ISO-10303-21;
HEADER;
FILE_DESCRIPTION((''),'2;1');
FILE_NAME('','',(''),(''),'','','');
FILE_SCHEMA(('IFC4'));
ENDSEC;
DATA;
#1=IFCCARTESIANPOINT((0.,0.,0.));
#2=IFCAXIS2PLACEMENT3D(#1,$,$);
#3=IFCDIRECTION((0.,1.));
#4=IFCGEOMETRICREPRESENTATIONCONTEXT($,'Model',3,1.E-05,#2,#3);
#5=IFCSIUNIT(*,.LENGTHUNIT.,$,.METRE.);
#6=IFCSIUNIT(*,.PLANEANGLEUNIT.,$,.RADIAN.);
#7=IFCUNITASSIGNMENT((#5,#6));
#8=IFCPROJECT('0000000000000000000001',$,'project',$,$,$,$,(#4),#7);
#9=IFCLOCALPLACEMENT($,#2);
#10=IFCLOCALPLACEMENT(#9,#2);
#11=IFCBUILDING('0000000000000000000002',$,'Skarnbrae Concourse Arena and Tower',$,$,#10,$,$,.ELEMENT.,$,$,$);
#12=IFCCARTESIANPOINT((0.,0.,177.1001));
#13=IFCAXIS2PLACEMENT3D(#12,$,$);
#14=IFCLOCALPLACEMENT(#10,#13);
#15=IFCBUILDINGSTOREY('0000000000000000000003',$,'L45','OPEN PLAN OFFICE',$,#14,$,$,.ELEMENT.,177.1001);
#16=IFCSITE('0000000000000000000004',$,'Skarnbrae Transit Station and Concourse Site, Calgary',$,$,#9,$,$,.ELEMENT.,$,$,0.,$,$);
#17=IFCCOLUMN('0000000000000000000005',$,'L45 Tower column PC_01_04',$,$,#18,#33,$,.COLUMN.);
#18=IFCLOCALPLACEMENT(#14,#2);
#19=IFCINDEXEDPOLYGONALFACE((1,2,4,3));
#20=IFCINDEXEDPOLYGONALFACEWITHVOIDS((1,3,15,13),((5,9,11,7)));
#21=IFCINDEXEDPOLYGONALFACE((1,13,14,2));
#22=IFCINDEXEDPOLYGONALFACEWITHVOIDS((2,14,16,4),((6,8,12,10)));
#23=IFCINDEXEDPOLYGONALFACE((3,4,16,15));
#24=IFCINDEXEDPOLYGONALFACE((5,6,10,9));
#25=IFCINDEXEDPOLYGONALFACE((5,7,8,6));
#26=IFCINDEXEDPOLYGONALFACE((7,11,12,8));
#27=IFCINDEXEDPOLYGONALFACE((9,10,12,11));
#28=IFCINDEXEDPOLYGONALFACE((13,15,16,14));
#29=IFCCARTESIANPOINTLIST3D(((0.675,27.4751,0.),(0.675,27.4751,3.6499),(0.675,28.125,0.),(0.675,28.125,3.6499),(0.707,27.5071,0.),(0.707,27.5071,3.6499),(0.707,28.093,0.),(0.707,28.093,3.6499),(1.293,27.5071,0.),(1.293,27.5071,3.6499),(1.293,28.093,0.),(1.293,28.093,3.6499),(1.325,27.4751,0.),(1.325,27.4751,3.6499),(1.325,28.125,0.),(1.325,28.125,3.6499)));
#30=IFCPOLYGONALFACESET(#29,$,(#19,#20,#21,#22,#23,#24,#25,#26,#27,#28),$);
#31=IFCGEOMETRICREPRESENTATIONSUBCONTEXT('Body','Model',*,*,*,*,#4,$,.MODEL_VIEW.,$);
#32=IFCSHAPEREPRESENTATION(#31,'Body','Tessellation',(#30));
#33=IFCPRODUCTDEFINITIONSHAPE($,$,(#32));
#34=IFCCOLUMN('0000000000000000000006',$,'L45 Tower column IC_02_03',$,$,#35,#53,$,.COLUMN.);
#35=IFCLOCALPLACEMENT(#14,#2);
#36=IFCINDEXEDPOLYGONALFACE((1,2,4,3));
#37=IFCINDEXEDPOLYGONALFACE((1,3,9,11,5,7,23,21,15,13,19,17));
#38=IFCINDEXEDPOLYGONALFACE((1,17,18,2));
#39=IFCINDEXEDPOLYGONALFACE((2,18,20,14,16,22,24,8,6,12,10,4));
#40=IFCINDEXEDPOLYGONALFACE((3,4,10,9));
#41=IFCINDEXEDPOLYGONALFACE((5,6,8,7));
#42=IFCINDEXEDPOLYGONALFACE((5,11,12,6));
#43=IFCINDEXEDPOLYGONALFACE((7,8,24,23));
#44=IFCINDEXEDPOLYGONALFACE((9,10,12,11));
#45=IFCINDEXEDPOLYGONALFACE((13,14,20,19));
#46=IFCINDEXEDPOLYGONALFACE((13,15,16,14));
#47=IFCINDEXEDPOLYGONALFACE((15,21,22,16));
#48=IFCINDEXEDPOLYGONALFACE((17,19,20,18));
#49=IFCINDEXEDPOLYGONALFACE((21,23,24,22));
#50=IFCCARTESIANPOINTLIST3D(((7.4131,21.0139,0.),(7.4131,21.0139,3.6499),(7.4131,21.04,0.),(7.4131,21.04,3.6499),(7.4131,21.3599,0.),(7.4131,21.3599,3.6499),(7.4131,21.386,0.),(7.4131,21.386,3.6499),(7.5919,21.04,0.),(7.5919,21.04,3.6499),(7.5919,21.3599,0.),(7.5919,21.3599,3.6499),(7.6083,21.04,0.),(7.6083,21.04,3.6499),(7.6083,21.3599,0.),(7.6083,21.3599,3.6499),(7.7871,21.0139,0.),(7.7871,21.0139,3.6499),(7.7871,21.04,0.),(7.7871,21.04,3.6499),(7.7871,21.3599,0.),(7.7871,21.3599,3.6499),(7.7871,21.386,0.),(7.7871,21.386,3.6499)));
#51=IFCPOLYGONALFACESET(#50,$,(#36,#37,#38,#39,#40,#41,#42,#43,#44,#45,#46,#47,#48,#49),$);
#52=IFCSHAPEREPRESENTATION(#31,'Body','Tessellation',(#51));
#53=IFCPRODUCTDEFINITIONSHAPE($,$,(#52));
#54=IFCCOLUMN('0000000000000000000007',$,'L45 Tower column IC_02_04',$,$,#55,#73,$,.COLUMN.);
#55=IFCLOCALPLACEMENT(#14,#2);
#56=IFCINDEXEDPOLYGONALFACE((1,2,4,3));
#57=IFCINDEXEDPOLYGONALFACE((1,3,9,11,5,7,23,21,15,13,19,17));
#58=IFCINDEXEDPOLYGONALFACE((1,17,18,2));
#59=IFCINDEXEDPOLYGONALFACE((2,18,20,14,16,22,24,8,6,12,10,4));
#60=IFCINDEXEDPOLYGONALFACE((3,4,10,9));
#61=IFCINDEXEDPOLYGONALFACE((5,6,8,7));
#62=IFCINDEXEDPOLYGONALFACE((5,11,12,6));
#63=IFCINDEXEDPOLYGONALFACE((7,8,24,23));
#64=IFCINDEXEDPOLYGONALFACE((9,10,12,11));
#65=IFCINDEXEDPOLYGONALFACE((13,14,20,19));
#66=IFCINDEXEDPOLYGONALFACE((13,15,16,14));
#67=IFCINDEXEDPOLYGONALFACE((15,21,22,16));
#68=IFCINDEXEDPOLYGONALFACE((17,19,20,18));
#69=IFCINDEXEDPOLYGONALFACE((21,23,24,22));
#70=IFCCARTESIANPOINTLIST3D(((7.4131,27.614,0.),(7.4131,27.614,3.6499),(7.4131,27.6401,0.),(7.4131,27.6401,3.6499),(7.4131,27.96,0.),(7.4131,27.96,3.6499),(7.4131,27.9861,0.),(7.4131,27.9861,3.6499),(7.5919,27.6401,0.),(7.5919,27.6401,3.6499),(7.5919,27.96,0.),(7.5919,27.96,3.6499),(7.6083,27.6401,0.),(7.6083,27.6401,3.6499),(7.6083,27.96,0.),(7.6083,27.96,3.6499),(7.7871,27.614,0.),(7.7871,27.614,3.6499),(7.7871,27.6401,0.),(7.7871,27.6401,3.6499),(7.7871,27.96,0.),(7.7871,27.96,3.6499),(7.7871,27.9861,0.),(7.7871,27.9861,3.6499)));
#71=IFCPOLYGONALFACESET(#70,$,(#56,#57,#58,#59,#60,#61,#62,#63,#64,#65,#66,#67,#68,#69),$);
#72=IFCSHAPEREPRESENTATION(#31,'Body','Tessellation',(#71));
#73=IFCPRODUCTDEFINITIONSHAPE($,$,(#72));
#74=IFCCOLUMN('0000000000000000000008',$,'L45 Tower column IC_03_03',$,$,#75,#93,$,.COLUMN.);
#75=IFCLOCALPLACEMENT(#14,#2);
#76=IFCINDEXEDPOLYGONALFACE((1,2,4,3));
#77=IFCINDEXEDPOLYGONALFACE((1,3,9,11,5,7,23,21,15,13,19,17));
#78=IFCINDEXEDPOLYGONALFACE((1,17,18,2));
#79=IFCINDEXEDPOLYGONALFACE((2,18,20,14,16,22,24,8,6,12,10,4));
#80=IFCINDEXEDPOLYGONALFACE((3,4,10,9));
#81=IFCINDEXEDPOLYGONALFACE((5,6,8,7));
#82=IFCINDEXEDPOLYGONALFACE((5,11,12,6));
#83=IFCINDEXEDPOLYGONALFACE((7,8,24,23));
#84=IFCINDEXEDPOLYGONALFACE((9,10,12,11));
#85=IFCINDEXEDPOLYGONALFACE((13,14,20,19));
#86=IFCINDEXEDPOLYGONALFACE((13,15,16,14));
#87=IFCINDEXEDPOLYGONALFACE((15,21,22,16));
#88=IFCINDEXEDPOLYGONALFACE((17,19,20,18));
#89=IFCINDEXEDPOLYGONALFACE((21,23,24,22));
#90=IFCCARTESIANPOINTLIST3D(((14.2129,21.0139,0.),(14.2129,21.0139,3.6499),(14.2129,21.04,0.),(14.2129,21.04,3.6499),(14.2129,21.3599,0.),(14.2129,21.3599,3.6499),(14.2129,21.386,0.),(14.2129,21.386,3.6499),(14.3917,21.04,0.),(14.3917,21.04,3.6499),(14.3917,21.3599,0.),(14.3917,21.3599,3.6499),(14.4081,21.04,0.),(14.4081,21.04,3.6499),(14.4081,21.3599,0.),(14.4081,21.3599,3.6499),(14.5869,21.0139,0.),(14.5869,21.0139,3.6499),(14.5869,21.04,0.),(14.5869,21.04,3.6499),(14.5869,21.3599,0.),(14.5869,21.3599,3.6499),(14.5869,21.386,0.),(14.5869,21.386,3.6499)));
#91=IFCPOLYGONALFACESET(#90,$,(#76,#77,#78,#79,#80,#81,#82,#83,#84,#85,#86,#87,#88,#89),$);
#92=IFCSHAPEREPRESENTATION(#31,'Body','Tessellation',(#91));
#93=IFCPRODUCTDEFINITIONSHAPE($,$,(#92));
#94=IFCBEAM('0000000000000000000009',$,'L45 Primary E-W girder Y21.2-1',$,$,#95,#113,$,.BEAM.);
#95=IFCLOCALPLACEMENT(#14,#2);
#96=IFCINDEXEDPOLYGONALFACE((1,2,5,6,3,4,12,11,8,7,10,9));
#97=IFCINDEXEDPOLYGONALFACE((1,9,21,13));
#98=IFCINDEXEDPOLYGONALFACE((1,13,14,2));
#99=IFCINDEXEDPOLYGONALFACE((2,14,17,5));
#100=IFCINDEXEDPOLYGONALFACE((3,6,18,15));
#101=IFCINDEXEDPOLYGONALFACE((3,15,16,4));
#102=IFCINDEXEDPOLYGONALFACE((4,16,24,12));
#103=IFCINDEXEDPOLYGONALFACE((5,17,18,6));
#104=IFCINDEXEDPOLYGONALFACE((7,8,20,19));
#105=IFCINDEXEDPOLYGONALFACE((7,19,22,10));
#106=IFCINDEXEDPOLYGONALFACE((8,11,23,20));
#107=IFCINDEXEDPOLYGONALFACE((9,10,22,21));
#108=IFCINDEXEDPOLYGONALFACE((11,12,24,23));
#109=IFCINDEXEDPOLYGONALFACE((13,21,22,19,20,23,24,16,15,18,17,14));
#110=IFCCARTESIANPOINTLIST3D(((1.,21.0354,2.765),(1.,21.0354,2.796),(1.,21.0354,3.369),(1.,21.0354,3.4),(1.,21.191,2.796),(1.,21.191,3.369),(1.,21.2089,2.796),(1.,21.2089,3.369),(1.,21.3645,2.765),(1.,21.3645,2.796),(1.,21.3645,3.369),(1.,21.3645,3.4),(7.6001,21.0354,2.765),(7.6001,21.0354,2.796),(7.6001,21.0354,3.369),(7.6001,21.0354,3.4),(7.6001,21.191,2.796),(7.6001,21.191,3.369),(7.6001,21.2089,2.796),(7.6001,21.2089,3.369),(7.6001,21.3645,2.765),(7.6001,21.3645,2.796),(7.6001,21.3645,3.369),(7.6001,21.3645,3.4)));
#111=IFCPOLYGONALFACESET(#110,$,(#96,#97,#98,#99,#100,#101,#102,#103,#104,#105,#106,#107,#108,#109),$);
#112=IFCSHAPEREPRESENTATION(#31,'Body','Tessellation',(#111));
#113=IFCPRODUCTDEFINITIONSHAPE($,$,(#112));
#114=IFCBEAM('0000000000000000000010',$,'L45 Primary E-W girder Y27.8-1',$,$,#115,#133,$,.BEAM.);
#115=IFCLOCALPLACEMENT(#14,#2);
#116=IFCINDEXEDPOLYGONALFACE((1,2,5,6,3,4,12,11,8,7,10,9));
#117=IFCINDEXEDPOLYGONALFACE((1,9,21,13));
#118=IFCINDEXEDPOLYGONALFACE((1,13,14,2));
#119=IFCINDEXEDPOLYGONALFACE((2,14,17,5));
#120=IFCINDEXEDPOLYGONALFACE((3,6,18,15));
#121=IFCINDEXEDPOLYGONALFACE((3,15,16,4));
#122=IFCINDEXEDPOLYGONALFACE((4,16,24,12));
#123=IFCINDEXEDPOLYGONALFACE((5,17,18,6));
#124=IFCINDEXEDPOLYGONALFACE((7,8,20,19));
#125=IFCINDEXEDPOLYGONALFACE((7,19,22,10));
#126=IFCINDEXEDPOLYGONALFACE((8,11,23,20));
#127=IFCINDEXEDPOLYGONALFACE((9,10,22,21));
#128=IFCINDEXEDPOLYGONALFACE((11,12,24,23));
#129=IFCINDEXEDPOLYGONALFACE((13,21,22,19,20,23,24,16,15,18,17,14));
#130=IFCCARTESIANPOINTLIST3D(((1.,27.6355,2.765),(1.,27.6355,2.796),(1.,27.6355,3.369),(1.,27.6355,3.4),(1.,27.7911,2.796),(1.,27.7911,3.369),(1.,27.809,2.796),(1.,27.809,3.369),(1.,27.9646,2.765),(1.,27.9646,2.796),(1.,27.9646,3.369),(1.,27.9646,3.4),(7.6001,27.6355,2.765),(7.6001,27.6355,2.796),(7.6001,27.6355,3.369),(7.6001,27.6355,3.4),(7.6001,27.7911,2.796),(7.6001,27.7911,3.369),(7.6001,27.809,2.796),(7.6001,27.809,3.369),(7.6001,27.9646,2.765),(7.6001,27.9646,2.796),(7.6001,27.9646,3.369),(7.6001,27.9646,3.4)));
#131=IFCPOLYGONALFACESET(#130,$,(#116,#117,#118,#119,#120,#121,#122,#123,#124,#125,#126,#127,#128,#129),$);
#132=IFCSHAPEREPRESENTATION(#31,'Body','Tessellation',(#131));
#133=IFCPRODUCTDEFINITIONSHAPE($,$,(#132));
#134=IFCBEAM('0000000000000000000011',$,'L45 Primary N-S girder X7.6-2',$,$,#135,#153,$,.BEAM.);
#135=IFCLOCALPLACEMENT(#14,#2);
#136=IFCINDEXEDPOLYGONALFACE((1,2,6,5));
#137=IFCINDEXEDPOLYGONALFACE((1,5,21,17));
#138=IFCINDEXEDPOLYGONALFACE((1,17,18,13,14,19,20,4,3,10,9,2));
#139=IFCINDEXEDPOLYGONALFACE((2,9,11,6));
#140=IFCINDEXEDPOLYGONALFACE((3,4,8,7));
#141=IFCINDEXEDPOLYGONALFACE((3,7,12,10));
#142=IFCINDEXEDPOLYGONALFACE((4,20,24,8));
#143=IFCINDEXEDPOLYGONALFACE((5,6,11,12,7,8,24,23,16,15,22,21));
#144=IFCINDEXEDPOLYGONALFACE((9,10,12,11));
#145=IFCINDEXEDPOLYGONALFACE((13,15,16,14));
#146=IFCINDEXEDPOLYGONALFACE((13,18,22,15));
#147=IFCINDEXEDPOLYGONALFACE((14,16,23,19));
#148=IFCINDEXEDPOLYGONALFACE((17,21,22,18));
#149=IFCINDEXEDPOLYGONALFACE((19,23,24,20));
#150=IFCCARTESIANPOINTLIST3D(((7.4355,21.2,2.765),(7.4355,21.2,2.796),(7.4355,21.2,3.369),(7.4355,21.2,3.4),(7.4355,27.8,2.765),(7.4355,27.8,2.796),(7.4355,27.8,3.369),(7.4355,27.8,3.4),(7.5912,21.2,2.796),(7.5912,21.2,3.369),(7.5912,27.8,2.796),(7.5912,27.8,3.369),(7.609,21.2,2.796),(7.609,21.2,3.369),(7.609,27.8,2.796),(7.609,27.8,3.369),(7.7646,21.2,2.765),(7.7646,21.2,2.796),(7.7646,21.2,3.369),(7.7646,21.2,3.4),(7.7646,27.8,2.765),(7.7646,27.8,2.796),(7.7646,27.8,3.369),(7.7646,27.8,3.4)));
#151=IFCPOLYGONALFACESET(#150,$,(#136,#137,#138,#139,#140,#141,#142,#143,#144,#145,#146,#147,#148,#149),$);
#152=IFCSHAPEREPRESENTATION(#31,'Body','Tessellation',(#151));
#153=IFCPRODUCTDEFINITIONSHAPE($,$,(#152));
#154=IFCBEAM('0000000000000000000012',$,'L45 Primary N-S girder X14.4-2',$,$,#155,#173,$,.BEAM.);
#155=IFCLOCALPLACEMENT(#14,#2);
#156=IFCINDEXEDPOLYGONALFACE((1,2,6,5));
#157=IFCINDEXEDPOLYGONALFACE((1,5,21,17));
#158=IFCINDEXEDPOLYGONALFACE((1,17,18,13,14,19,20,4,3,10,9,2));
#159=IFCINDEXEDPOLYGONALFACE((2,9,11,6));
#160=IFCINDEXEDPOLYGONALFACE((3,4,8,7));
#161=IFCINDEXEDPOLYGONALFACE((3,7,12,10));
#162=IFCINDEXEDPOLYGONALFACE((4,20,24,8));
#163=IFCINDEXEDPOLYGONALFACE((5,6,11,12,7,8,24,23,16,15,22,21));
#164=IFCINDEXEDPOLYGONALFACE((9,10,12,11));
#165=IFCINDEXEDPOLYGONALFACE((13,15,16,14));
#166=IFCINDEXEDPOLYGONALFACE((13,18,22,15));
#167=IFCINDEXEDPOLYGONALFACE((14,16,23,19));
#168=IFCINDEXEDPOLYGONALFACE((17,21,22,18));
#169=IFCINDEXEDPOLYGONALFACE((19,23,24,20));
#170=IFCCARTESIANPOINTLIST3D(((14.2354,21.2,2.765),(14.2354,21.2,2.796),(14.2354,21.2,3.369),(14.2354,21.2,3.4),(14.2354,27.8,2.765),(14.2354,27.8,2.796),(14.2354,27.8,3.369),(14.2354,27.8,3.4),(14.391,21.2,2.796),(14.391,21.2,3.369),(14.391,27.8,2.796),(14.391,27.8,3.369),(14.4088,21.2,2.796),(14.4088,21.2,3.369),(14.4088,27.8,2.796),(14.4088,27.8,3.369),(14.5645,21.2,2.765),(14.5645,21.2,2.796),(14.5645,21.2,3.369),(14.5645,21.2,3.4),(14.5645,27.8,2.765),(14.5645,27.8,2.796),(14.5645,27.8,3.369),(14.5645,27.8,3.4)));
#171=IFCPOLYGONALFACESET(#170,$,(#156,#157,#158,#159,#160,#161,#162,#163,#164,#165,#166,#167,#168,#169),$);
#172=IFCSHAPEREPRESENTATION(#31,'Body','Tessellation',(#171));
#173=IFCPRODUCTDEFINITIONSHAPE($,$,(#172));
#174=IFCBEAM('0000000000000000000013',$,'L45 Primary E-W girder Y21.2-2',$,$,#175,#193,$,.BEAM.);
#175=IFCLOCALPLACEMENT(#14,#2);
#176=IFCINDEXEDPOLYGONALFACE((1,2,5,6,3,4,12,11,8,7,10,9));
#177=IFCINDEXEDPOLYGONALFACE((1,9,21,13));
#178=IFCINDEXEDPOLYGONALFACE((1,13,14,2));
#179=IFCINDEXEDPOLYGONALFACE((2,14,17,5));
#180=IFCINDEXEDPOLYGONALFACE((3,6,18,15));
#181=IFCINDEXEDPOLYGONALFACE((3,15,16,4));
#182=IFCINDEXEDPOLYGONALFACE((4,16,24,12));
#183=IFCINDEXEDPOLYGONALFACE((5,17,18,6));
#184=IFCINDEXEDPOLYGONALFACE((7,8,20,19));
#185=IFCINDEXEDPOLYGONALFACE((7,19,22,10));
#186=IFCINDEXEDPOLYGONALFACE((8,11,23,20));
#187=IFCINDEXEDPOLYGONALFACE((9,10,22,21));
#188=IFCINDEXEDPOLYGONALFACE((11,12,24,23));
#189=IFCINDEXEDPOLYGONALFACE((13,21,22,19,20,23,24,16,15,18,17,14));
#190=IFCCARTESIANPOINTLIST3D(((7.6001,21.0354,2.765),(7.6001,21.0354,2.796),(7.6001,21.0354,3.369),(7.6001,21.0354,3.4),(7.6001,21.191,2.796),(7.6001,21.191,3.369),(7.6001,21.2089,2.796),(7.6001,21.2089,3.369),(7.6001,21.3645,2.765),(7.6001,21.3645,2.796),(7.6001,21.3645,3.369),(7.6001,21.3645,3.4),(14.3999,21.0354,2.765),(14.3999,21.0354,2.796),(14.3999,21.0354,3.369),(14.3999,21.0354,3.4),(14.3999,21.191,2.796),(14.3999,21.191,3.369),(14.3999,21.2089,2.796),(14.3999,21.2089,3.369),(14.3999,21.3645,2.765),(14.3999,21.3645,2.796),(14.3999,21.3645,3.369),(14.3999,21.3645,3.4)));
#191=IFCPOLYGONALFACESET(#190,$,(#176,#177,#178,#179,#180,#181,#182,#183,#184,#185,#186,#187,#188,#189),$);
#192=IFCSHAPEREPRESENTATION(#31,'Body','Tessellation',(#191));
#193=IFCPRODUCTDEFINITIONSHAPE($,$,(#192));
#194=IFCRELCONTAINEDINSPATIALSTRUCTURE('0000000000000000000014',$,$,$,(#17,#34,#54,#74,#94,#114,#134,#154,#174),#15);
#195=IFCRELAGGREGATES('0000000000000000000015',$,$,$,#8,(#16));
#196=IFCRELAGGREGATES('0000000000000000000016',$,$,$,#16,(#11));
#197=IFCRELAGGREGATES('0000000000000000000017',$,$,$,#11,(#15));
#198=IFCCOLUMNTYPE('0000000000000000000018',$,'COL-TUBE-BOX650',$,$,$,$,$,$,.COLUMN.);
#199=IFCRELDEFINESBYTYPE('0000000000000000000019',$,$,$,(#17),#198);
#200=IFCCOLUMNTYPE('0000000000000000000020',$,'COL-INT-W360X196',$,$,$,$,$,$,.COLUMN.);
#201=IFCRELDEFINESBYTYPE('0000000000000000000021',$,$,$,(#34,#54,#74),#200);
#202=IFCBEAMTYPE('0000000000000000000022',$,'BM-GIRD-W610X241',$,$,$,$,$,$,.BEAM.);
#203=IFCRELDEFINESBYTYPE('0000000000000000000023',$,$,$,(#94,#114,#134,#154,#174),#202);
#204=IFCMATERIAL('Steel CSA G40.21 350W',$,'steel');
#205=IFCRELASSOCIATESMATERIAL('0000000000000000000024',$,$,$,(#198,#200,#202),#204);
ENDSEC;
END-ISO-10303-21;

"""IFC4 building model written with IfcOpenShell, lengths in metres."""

from ifc_helpers import new_model, si_unit, direction, frame, origin, origin_2d, place, context, subcontext, project, spatial, hollow_rectangle, i_section, extrude, source, transform, mapped, material, material_profile, profile_set, type_object, element, save


model = new_model("IFC4")

# Units and contexts
model_context = context("Model", 3, precision=1e-05, world=origin(), true_north=direction((0.0, 1.0)))
body_context = subcontext(model_context, "Body", "Model", "MODEL_VIEW")
ifc_project = project(units=[si_unit("LENGTHUNIT", "METRE"), si_unit("PLANEANGLEUNIT", "RADIAN")], contexts=[model_context])

# Site, building, storey
site_placement = place(None, origin())
site = spatial("IfcSite", under=ifc_project, at=site_placement, Name="Skarnbrae Transit Station and Concourse Site, Calgary", CompositionType="ELEMENT", RefElevation=0.0)
building_placement = place(site_placement, origin())
building = spatial("IfcBuilding", under=site, at=building_placement, Name="Skarnbrae Concourse Arena and Tower", CompositionType="ELEMENT")
storey_placement = place(building_placement, frame((0.0, 0.0, 177.1001)))
storey = spatial("IfcBuildingStorey", under=building, at=storey_placement, Name="L45", Description="OPEN PLAN OFFICE", CompositionType="ELEMENT", Elevation=177.1001)

# Columns
ifc_material_1 = material(Name="Steel CSA G40.21 350W", Category="steel")
ifc_material_profile_1 = material_profile(ifc_material_1, hollow_rectangle(XDim=0.6499, YDim=0.6499, WallThickness=0.032, at=origin_2d()), Name="BOX650X650X32")
ifc_profile_set_1 = profile_set([ifc_material_profile_1], Name="Steel CSA G40.21 350W")
column_type_1 = type_object("IfcColumnType", Name="COL-TUBE-BOX650", PredefinedType="COLUMN", material=ifc_profile_set_1)
shared_shape_1 = source(origin(), body_context, "Body", "SweptSolid", [
    extrude(hollow_rectangle(XDim=0.6499, YDim=0.6499, WallThickness=0.032, at=origin_2d()), origin(), (0.0, 0.0, 1.0), 3.6499),
])
column_placement = place(storey_placement, frame((1.0, 27.8, 0.0), z_axis=(0.0, 0.0, 1.0), x_axis=(1.0, 0.0, 0.0)))
element("IfcColumn", 1, at=column_placement, inside=storey, type_object=column_type_1, Name="L45 Tower column PC_01_04", PredefinedType="COLUMN", context=body_context, shape_type="MappedRepresentation", body=[
    mapped(shared_shape_1, transform((0.0, 0.0, 0.0))),
])
ifc_material_profile_2 = material_profile(ifc_material_1, i_section(OverallWidth=0.374, OverallDepth=0.3721, WebThickness=0.0164, FlangeThickness=0.0261, at=origin_2d()), Name="W360X196")
ifc_profile_set_2 = profile_set([ifc_material_profile_2], Name="Steel CSA G40.21 350W")
column_type_2 = type_object("IfcColumnType", Name="COL-INT-W360X196", PredefinedType="COLUMN", material=ifc_profile_set_2)
shared_shape_2 = source(origin(), body_context, "Body", "SweptSolid", [
    extrude(i_section(OverallWidth=0.374, OverallDepth=0.3721, WebThickness=0.0164, FlangeThickness=0.0261, at=origin_2d()), origin(), (0.0, 0.0, 1.0), 3.6499),
])
for number, where, z_axis, x_axis, name in (
    (2, (7.6001, 21.2, 0.0), (0.0, 0.0, 1.0), (1.0, 0.0, 0.0), "L45 Tower column IC_02_03"),
    (3, (7.6001, 27.8, 0.0), (0.0, 0.0, 1.0), (1.0, 0.0, 0.0), "L45 Tower column IC_02_04"),
    (4, (14.3999, 21.2, 0.0), (0.0, 0.0, 1.0), (1.0, 0.0, 0.0), "L45 Tower column IC_03_03"),
):
    element("IfcColumn", number, at=place(storey_placement, frame(where, z_axis=z_axis, x_axis=x_axis)), inside=storey, type_object=column_type_2, Name=name, PredefinedType="COLUMN", context=body_context, shape_type="MappedRepresentation", body=[
        mapped(shared_shape_2, transform((0.0, 0.0, 0.0))),
    ])

# Beams
ifc_material_profile_3 = material_profile(ifc_material_1, i_section(OverallWidth=0.3291, OverallDepth=0.635, WebThickness=0.0178, FlangeThickness=0.031, at=origin_2d()), Name="W610X241")
ifc_profile_set_3 = profile_set([ifc_material_profile_3], Name="Steel CSA G40.21 350W")
beam_type_1 = type_object("IfcBeamType", Name="BM-GIRD-W610X241", PredefinedType="BEAM", material=ifc_profile_set_3)
shared_shape_3 = source(origin(), body_context, "Body", "SweptSolid", [
    extrude(i_section(OverallWidth=0.3291, OverallDepth=0.635, WebThickness=0.0178, FlangeThickness=0.031, at=origin_2d()), origin(), (0.0, 0.0, 1.0), 6.6001),
])
for number, where, z_axis, x_axis, name in (
    (5, (1.0, 21.2, 3.0825), (1.0, 0.0, 0.0), (0.0, 1.0, 0.0), "L45 Primary E-W girder Y21.2-1"),
    (6, (1.0, 27.8, 3.0825), (1.0, 0.0, 0.0), (0.0, 1.0, 0.0), "L45 Primary E-W girder Y27.8-1"),
    (7, (7.6001, 21.2, 3.0825), (0.0, 1.0, 0.0), (-1.0, 0.0, 0.0), "L45 Primary N-S girder X7.6-2"),
    (8, (14.3999, 21.2, 3.0825), (0.0, 1.0, 0.0), (-1.0, 0.0, 0.0), "L45 Primary N-S girder X14.4-2"),
):
    element("IfcBeam", number, at=place(storey_placement, frame(where, z_axis=z_axis, x_axis=x_axis)), inside=storey, type_object=beam_type_1, Name=name, PredefinedType="BEAM", context=body_context, shape_type="MappedRepresentation", body=[
        mapped(shared_shape_3, transform((0.0, 0.0, 0.0))),
    ])
shared_shape_4 = source(origin(), body_context, "Body", "SweptSolid", [
    extrude(i_section(OverallWidth=0.3291, OverallDepth=0.635, WebThickness=0.0178, FlangeThickness=0.031, at=origin_2d()), origin(), (0.0, 0.0, 1.0), 6.7998),
])
for number, where, z_axis, x_axis, name in (
    (9, (7.6001, 21.2, 3.0825), (1.0, 0.0, 0.0), (0.0, 1.0, 0.0), "L45 Primary E-W girder Y21.2-2"),
):
    element("IfcBeam", number, at=place(storey_placement, frame(where, z_axis=z_axis, x_axis=x_axis)), inside=storey, type_object=beam_type_1, Name=name, PredefinedType="BEAM", context=body_context, shape_type="MappedRepresentation", body=[
        mapped(shared_shape_4, transform((0.0, 0.0, 0.0))),
    ])

save(model, "model.ifc")
